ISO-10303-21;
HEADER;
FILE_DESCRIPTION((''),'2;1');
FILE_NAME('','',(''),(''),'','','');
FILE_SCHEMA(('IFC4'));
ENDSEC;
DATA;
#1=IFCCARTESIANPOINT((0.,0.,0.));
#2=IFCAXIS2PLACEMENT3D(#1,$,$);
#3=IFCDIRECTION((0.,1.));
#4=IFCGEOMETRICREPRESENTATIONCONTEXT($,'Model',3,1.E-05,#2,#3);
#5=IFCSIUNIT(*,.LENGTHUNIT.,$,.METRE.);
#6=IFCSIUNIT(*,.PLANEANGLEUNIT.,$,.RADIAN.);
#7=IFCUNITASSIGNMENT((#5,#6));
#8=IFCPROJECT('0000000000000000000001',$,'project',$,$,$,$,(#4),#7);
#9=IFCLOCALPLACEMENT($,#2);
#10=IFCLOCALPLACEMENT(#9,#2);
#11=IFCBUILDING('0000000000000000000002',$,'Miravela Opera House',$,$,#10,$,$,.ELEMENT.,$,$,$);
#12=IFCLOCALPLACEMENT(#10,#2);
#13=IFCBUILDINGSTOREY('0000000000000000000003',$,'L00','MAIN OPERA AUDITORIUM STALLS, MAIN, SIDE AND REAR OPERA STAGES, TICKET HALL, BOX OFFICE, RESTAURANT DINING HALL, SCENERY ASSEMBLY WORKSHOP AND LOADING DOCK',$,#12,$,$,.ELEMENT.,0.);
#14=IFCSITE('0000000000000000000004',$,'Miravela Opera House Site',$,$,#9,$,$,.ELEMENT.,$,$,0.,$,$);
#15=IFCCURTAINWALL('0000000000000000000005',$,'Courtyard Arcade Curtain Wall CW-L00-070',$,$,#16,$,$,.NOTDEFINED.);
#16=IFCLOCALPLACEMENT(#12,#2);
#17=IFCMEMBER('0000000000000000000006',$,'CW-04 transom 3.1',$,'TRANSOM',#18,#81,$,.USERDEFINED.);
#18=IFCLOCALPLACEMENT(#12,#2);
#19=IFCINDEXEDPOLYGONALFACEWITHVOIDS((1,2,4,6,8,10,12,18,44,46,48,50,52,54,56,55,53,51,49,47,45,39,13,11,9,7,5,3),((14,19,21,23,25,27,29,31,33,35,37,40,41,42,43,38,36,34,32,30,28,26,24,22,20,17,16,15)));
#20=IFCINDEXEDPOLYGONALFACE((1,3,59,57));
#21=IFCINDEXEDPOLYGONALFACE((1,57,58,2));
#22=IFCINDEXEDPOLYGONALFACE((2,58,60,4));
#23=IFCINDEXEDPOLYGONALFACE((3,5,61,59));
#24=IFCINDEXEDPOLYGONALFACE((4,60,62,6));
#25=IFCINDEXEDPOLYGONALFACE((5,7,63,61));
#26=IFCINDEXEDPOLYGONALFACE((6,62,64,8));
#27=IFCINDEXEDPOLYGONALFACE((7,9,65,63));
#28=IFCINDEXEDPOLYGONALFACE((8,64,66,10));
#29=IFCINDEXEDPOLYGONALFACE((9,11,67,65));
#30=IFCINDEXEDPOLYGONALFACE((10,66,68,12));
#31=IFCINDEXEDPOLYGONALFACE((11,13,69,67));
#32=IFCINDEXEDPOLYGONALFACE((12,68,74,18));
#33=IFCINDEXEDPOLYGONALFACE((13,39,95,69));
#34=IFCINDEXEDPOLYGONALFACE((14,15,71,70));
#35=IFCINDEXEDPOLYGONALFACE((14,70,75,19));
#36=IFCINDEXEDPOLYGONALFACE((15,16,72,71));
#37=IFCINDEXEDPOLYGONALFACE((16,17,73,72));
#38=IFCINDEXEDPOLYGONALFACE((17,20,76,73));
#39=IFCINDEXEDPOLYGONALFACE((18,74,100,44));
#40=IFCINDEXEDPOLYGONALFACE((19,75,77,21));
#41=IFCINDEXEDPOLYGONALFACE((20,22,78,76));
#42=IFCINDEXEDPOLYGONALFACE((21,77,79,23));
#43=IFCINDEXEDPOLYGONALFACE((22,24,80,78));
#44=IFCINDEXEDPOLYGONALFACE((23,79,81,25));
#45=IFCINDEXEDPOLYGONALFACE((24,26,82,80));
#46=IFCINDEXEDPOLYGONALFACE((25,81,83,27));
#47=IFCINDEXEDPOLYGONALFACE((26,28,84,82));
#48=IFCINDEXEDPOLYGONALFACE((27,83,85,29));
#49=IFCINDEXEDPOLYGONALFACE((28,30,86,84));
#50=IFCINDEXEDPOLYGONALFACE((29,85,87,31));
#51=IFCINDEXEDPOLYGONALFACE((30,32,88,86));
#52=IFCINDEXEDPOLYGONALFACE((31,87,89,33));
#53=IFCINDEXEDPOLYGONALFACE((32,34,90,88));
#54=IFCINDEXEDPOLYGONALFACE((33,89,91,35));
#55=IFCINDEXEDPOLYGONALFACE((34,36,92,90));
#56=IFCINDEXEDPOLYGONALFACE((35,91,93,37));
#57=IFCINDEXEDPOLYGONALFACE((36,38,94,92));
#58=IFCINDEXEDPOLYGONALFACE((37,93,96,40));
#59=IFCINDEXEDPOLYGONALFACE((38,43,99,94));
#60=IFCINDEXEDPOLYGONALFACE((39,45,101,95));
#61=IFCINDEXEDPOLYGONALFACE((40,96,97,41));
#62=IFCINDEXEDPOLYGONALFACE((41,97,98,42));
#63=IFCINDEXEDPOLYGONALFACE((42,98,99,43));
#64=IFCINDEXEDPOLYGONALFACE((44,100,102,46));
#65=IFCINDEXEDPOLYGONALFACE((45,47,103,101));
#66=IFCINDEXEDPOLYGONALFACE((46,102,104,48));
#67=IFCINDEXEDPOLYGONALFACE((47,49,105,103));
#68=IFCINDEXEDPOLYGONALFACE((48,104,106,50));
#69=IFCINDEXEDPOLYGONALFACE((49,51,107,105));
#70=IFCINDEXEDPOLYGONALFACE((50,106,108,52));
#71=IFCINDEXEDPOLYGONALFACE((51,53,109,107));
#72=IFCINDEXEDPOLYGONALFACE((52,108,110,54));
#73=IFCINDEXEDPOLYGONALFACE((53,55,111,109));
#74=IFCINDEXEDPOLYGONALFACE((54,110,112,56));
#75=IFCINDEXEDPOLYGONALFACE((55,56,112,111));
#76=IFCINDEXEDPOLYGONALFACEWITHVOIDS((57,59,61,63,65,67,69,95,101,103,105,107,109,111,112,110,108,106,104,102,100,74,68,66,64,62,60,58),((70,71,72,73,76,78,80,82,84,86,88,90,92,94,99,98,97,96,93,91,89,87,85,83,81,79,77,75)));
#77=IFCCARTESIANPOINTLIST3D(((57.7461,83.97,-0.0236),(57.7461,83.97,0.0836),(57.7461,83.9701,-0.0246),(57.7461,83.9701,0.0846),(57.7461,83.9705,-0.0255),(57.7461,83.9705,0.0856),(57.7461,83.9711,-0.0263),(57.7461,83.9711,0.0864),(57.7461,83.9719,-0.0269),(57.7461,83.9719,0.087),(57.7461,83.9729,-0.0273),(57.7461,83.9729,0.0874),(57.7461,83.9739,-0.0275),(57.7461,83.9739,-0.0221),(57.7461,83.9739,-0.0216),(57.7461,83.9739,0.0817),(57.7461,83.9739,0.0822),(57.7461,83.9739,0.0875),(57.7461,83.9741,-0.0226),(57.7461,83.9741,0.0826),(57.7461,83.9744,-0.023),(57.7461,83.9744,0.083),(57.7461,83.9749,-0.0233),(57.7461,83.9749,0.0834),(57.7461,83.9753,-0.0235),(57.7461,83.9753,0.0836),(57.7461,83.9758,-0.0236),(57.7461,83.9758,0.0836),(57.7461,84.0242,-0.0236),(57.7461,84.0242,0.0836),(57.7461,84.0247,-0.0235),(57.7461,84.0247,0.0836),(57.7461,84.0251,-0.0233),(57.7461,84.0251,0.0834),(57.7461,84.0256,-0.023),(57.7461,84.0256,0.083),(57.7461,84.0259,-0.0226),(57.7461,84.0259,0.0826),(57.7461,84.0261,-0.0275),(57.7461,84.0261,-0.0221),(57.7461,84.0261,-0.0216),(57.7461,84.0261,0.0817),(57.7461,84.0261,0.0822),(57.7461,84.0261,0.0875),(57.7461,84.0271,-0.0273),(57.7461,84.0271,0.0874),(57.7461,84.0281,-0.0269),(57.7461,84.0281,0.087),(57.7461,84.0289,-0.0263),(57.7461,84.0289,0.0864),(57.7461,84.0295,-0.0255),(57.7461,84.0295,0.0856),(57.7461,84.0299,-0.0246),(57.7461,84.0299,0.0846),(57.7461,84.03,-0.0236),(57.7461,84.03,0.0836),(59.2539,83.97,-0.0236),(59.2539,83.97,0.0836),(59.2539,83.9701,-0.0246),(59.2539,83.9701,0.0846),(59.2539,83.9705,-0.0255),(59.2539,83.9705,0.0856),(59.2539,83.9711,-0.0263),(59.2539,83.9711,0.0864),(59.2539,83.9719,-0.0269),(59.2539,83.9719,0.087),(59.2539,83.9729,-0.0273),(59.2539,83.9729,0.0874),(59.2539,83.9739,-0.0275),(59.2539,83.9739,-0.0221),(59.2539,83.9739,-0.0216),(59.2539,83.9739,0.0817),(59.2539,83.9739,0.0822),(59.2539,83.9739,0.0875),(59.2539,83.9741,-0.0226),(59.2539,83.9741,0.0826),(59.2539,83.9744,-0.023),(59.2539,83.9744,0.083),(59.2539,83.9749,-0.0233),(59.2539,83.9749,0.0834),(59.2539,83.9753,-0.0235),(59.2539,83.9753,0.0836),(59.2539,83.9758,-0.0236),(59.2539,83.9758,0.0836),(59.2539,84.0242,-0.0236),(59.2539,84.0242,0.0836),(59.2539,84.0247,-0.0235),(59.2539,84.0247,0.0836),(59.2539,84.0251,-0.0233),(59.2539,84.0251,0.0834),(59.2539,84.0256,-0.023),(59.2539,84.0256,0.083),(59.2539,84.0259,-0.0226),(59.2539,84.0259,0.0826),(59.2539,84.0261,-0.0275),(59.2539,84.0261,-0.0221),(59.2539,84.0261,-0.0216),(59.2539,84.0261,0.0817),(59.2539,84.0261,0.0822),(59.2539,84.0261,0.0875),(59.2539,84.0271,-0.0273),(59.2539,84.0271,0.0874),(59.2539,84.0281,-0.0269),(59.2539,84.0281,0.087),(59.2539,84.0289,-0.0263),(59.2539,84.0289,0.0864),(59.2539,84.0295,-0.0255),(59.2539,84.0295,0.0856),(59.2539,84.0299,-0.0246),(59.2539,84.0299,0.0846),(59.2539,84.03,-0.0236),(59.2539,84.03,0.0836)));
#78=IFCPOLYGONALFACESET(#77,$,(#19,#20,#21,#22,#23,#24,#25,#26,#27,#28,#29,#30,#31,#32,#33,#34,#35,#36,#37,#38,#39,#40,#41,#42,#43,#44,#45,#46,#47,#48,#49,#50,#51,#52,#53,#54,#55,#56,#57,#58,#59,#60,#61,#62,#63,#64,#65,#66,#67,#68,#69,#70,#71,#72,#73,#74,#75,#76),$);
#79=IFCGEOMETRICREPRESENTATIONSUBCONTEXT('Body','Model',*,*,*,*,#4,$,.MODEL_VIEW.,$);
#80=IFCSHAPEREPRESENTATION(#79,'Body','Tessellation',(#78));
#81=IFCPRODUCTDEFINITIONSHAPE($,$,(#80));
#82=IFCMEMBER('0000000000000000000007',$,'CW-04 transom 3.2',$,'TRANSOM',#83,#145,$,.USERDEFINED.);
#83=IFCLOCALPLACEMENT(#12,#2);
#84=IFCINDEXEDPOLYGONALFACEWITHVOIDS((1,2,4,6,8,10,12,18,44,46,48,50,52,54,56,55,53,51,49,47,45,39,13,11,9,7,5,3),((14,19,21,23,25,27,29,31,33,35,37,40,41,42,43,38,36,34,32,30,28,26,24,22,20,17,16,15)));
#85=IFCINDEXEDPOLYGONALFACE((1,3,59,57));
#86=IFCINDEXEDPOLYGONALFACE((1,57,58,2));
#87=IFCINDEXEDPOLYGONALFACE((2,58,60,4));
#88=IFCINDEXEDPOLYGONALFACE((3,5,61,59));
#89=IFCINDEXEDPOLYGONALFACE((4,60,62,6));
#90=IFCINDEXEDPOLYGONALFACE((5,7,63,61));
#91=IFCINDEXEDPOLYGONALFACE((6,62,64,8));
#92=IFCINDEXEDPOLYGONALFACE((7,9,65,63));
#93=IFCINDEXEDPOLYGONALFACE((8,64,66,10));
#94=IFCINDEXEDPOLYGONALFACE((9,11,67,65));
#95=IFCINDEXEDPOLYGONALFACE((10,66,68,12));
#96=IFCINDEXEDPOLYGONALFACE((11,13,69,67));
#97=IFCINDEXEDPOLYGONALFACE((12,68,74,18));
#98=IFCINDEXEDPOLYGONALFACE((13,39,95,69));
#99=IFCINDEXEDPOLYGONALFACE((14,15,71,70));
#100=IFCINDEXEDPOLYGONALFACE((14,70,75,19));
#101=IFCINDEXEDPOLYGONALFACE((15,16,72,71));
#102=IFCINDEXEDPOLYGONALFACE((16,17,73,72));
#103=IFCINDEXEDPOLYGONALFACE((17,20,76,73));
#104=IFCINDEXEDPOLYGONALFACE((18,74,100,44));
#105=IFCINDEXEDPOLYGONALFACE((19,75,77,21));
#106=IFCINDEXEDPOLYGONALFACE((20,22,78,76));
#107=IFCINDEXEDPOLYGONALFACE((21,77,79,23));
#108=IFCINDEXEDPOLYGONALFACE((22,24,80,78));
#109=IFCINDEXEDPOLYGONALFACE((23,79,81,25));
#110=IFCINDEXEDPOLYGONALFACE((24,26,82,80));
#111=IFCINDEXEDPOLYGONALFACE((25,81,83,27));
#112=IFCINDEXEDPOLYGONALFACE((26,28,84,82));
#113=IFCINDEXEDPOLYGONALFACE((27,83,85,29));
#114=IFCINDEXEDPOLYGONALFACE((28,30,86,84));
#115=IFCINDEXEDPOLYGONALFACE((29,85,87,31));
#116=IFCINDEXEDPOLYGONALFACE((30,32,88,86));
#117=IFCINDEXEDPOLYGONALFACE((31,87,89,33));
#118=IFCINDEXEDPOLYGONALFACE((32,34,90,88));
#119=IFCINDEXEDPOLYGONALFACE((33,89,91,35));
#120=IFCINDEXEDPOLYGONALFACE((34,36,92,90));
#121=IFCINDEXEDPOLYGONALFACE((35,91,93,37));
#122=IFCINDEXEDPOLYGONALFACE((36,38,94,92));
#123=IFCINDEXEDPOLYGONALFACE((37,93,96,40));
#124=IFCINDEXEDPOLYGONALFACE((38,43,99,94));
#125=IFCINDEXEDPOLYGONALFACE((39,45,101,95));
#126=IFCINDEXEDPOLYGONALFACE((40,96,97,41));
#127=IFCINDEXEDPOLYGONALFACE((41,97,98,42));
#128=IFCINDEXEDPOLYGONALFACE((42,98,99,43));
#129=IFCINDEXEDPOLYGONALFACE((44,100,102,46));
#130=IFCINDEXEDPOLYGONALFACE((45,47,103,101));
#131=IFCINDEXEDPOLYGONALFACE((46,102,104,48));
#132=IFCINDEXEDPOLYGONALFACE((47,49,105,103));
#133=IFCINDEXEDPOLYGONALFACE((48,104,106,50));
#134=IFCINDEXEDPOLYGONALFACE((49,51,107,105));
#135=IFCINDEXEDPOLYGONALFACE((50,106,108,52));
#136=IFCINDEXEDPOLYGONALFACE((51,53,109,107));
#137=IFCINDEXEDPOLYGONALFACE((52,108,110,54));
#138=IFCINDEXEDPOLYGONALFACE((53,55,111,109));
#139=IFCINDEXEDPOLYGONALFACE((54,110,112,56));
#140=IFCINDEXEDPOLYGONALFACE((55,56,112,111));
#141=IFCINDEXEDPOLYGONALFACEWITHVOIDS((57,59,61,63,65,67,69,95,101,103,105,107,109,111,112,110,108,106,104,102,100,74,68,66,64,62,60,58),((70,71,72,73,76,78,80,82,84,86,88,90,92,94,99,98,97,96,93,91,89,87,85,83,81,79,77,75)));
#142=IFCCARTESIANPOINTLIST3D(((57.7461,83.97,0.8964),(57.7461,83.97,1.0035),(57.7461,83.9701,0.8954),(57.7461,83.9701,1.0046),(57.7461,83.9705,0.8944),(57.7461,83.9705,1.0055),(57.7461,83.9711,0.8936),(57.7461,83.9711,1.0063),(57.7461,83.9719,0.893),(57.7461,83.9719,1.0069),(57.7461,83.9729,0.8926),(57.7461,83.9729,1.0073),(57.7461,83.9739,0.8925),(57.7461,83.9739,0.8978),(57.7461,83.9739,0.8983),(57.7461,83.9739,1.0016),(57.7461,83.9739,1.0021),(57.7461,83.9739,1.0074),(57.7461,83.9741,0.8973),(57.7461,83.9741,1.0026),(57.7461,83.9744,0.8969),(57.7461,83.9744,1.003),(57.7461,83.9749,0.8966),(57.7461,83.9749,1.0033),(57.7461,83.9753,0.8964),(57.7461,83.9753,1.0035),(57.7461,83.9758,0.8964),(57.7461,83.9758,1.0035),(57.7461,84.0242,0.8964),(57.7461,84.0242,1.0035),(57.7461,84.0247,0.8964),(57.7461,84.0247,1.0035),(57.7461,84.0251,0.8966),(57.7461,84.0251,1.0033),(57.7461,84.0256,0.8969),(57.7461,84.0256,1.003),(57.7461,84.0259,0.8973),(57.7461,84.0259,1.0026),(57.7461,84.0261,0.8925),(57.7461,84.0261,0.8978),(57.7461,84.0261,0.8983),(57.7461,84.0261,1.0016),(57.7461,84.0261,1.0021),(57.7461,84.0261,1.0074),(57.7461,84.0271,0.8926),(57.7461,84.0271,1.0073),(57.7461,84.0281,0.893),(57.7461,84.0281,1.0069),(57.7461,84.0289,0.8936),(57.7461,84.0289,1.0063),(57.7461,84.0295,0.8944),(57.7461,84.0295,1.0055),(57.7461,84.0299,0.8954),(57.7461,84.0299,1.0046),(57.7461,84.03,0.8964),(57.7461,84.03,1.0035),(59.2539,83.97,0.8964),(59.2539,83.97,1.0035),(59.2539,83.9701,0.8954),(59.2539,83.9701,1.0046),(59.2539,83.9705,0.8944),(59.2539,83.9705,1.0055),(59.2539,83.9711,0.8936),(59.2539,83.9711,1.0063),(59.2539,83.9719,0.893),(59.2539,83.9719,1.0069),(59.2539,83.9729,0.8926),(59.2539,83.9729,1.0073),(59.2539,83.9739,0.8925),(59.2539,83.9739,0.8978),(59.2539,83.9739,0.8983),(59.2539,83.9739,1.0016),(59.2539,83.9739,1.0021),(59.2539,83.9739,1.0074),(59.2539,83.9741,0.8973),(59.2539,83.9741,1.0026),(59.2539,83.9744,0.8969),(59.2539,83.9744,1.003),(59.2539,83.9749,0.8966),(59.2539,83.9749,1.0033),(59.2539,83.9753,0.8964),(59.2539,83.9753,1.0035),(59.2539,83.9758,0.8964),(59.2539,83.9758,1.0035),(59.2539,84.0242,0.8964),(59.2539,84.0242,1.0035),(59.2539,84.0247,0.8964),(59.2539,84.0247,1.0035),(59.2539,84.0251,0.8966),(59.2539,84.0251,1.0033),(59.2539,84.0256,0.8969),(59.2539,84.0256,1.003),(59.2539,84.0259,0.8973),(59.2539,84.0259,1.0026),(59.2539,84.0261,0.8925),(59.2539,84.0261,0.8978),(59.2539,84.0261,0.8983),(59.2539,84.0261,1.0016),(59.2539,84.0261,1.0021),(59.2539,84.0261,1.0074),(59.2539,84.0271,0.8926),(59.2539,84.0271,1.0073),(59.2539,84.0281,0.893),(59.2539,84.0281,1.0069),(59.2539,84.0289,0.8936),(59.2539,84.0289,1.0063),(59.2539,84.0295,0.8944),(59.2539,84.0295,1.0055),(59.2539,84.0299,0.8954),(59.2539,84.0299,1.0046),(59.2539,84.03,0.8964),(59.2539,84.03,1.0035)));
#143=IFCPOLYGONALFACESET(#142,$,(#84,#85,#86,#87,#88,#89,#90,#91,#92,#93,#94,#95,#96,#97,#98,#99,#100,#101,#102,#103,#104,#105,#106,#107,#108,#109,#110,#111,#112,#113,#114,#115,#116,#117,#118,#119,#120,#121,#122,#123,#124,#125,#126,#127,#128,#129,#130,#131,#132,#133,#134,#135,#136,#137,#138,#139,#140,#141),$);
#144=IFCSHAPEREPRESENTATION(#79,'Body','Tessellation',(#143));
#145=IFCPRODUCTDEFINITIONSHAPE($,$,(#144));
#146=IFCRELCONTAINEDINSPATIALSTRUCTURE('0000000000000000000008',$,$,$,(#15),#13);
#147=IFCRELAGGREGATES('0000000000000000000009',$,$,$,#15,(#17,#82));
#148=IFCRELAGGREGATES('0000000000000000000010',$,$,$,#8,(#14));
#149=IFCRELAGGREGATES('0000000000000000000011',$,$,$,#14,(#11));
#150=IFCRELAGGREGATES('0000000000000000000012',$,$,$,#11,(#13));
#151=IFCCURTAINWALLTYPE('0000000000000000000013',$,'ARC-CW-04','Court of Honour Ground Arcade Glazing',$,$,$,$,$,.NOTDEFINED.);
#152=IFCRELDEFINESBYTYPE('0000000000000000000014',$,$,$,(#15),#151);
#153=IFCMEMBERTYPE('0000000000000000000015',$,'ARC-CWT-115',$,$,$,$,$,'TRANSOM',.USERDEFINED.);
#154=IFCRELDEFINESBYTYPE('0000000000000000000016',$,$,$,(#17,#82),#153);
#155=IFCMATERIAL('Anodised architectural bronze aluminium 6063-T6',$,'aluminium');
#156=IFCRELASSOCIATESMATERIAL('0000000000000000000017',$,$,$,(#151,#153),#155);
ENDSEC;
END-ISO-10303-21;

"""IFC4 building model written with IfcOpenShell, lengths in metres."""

from ifc_helpers import new_model, si_unit, direction, frame, origin, origin_2d, place, context, subcontext, project, spatial, hollow_rectangle, extrude, material, material_profile, profile_set, type_object, element, aggregate, save


model = new_model("IFC4")

# Units and contexts
model_context = context("Model", 3, precision=1e-05, world=origin(), true_north=direction((0.0, 1.0)))
body_context = subcontext(model_context, "Body", "Model", "MODEL_VIEW")
ifc_project = project(units=[si_unit("LENGTHUNIT", "METRE"), si_unit("PLANEANGLEUNIT", "RADIAN")], contexts=[model_context])

# Site, building, storey
site_placement = place(None, origin())
site = spatial("IfcSite", under=ifc_project, at=site_placement, Name="Miravela Opera House Site", CompositionType="ELEMENT", RefElevation=0.0)
building_placement = place(site_placement, origin())
building = spatial("IfcBuilding", under=site, at=building_placement, Name="Miravela Opera House", CompositionType="ELEMENT")
storey_placement = place(building_placement, origin())
storey = spatial("IfcBuildingStorey", under=building, at=storey_placement, Name="L00", Description="MAIN OPERA AUDITORIUM STALLS, MAIN, SIDE AND REAR OPERA STAGES, TICKET HALL, BOX OFFICE, RESTAURANT DINING HALL, SCENERY ASSEMBLY WORKSHOP AND LOADING DOCK", CompositionType="ELEMENT", Elevation=0.0)

# Curtain wall
ifc_material_1 = material(Name="Anodised architectural bronze aluminium 6063-T6", Category="aluminium")
curtain_wall_type = type_object("IfcCurtainWallType", Name="ARC-CW-04", Description="Court of Honour Ground Arcade Glazing", PredefinedType="NOTDEFINED", material=ifc_material_1)
curtain_wall_1_placement = place(storey_placement, origin())
curtain_wall_1 = element("IfcCurtainWall", 1, at=curtain_wall_1_placement, inside=storey, type_object=curtain_wall_type, Name="Courtyard Arcade Curtain Wall CW-L00-070", PredefinedType="NOTDEFINED")

# Members
ifc_material_profile_1 = material_profile(ifc_material_1, hollow_rectangle(XDim=0.0601, YDim=0.115, WallThickness=0.0039, InnerFilletRadius=0.002, OuterFilletRadius=0.0039, at=origin_2d()), Name="CWT-60X115")
ifc_profile_set_1 = profile_set([ifc_material_profile_1])
member_type_1 = type_object("IfcMemberType", Name="ARC-CWT-115", ElementType="TRANSOM", PredefinedType="USERDEFINED", material=ifc_profile_set_1)
member_1_placement = place(storey_placement, frame((57.7461, 84.0, 0.03), z_axis=(1.0, 0.0, 0.0), x_axis=(0.0, 1.0, 0.0)))
member_1 = element("IfcMember", 2, at=member_1_placement, type_object=member_type_1, Name="CW-04 transom 3.1", ObjectType="TRANSOM", PredefinedType="USERDEFINED", context=body_context, shape_type="SweptSolid", body=[
    extrude(hollow_rectangle(XDim=0.0601, YDim=0.115, WallThickness=0.0039, InnerFilletRadius=0.002, OuterFilletRadius=0.0039, at=origin_2d()), origin(), (0.0, 0.0, 1.0), 1.5078),
])
member_2_placement = place(storey_placement, frame((57.7461, 84.0, 0.95), z_axis=(1.0, 0.0, 0.0), x_axis=(0.0, 1.0, 0.0)))
member_2 = element("IfcMember", 3, at=member_2_placement, type_object=member_type_1, Name="CW-04 transom 3.2", ObjectType="TRANSOM", PredefinedType="USERDEFINED", context=body_context, shape_type="SweptSolid", body=[
    extrude(hollow_rectangle(XDim=0.0601, YDim=0.115, WallThickness=0.0039, InnerFilletRadius=0.002, OuterFilletRadius=0.0039, at=origin_2d()), origin(), (0.0, 0.0, 1.0), 1.5078),
])

aggregate(curtain_wall_1, [member_1, member_2])

save(model, "model.ifc")
